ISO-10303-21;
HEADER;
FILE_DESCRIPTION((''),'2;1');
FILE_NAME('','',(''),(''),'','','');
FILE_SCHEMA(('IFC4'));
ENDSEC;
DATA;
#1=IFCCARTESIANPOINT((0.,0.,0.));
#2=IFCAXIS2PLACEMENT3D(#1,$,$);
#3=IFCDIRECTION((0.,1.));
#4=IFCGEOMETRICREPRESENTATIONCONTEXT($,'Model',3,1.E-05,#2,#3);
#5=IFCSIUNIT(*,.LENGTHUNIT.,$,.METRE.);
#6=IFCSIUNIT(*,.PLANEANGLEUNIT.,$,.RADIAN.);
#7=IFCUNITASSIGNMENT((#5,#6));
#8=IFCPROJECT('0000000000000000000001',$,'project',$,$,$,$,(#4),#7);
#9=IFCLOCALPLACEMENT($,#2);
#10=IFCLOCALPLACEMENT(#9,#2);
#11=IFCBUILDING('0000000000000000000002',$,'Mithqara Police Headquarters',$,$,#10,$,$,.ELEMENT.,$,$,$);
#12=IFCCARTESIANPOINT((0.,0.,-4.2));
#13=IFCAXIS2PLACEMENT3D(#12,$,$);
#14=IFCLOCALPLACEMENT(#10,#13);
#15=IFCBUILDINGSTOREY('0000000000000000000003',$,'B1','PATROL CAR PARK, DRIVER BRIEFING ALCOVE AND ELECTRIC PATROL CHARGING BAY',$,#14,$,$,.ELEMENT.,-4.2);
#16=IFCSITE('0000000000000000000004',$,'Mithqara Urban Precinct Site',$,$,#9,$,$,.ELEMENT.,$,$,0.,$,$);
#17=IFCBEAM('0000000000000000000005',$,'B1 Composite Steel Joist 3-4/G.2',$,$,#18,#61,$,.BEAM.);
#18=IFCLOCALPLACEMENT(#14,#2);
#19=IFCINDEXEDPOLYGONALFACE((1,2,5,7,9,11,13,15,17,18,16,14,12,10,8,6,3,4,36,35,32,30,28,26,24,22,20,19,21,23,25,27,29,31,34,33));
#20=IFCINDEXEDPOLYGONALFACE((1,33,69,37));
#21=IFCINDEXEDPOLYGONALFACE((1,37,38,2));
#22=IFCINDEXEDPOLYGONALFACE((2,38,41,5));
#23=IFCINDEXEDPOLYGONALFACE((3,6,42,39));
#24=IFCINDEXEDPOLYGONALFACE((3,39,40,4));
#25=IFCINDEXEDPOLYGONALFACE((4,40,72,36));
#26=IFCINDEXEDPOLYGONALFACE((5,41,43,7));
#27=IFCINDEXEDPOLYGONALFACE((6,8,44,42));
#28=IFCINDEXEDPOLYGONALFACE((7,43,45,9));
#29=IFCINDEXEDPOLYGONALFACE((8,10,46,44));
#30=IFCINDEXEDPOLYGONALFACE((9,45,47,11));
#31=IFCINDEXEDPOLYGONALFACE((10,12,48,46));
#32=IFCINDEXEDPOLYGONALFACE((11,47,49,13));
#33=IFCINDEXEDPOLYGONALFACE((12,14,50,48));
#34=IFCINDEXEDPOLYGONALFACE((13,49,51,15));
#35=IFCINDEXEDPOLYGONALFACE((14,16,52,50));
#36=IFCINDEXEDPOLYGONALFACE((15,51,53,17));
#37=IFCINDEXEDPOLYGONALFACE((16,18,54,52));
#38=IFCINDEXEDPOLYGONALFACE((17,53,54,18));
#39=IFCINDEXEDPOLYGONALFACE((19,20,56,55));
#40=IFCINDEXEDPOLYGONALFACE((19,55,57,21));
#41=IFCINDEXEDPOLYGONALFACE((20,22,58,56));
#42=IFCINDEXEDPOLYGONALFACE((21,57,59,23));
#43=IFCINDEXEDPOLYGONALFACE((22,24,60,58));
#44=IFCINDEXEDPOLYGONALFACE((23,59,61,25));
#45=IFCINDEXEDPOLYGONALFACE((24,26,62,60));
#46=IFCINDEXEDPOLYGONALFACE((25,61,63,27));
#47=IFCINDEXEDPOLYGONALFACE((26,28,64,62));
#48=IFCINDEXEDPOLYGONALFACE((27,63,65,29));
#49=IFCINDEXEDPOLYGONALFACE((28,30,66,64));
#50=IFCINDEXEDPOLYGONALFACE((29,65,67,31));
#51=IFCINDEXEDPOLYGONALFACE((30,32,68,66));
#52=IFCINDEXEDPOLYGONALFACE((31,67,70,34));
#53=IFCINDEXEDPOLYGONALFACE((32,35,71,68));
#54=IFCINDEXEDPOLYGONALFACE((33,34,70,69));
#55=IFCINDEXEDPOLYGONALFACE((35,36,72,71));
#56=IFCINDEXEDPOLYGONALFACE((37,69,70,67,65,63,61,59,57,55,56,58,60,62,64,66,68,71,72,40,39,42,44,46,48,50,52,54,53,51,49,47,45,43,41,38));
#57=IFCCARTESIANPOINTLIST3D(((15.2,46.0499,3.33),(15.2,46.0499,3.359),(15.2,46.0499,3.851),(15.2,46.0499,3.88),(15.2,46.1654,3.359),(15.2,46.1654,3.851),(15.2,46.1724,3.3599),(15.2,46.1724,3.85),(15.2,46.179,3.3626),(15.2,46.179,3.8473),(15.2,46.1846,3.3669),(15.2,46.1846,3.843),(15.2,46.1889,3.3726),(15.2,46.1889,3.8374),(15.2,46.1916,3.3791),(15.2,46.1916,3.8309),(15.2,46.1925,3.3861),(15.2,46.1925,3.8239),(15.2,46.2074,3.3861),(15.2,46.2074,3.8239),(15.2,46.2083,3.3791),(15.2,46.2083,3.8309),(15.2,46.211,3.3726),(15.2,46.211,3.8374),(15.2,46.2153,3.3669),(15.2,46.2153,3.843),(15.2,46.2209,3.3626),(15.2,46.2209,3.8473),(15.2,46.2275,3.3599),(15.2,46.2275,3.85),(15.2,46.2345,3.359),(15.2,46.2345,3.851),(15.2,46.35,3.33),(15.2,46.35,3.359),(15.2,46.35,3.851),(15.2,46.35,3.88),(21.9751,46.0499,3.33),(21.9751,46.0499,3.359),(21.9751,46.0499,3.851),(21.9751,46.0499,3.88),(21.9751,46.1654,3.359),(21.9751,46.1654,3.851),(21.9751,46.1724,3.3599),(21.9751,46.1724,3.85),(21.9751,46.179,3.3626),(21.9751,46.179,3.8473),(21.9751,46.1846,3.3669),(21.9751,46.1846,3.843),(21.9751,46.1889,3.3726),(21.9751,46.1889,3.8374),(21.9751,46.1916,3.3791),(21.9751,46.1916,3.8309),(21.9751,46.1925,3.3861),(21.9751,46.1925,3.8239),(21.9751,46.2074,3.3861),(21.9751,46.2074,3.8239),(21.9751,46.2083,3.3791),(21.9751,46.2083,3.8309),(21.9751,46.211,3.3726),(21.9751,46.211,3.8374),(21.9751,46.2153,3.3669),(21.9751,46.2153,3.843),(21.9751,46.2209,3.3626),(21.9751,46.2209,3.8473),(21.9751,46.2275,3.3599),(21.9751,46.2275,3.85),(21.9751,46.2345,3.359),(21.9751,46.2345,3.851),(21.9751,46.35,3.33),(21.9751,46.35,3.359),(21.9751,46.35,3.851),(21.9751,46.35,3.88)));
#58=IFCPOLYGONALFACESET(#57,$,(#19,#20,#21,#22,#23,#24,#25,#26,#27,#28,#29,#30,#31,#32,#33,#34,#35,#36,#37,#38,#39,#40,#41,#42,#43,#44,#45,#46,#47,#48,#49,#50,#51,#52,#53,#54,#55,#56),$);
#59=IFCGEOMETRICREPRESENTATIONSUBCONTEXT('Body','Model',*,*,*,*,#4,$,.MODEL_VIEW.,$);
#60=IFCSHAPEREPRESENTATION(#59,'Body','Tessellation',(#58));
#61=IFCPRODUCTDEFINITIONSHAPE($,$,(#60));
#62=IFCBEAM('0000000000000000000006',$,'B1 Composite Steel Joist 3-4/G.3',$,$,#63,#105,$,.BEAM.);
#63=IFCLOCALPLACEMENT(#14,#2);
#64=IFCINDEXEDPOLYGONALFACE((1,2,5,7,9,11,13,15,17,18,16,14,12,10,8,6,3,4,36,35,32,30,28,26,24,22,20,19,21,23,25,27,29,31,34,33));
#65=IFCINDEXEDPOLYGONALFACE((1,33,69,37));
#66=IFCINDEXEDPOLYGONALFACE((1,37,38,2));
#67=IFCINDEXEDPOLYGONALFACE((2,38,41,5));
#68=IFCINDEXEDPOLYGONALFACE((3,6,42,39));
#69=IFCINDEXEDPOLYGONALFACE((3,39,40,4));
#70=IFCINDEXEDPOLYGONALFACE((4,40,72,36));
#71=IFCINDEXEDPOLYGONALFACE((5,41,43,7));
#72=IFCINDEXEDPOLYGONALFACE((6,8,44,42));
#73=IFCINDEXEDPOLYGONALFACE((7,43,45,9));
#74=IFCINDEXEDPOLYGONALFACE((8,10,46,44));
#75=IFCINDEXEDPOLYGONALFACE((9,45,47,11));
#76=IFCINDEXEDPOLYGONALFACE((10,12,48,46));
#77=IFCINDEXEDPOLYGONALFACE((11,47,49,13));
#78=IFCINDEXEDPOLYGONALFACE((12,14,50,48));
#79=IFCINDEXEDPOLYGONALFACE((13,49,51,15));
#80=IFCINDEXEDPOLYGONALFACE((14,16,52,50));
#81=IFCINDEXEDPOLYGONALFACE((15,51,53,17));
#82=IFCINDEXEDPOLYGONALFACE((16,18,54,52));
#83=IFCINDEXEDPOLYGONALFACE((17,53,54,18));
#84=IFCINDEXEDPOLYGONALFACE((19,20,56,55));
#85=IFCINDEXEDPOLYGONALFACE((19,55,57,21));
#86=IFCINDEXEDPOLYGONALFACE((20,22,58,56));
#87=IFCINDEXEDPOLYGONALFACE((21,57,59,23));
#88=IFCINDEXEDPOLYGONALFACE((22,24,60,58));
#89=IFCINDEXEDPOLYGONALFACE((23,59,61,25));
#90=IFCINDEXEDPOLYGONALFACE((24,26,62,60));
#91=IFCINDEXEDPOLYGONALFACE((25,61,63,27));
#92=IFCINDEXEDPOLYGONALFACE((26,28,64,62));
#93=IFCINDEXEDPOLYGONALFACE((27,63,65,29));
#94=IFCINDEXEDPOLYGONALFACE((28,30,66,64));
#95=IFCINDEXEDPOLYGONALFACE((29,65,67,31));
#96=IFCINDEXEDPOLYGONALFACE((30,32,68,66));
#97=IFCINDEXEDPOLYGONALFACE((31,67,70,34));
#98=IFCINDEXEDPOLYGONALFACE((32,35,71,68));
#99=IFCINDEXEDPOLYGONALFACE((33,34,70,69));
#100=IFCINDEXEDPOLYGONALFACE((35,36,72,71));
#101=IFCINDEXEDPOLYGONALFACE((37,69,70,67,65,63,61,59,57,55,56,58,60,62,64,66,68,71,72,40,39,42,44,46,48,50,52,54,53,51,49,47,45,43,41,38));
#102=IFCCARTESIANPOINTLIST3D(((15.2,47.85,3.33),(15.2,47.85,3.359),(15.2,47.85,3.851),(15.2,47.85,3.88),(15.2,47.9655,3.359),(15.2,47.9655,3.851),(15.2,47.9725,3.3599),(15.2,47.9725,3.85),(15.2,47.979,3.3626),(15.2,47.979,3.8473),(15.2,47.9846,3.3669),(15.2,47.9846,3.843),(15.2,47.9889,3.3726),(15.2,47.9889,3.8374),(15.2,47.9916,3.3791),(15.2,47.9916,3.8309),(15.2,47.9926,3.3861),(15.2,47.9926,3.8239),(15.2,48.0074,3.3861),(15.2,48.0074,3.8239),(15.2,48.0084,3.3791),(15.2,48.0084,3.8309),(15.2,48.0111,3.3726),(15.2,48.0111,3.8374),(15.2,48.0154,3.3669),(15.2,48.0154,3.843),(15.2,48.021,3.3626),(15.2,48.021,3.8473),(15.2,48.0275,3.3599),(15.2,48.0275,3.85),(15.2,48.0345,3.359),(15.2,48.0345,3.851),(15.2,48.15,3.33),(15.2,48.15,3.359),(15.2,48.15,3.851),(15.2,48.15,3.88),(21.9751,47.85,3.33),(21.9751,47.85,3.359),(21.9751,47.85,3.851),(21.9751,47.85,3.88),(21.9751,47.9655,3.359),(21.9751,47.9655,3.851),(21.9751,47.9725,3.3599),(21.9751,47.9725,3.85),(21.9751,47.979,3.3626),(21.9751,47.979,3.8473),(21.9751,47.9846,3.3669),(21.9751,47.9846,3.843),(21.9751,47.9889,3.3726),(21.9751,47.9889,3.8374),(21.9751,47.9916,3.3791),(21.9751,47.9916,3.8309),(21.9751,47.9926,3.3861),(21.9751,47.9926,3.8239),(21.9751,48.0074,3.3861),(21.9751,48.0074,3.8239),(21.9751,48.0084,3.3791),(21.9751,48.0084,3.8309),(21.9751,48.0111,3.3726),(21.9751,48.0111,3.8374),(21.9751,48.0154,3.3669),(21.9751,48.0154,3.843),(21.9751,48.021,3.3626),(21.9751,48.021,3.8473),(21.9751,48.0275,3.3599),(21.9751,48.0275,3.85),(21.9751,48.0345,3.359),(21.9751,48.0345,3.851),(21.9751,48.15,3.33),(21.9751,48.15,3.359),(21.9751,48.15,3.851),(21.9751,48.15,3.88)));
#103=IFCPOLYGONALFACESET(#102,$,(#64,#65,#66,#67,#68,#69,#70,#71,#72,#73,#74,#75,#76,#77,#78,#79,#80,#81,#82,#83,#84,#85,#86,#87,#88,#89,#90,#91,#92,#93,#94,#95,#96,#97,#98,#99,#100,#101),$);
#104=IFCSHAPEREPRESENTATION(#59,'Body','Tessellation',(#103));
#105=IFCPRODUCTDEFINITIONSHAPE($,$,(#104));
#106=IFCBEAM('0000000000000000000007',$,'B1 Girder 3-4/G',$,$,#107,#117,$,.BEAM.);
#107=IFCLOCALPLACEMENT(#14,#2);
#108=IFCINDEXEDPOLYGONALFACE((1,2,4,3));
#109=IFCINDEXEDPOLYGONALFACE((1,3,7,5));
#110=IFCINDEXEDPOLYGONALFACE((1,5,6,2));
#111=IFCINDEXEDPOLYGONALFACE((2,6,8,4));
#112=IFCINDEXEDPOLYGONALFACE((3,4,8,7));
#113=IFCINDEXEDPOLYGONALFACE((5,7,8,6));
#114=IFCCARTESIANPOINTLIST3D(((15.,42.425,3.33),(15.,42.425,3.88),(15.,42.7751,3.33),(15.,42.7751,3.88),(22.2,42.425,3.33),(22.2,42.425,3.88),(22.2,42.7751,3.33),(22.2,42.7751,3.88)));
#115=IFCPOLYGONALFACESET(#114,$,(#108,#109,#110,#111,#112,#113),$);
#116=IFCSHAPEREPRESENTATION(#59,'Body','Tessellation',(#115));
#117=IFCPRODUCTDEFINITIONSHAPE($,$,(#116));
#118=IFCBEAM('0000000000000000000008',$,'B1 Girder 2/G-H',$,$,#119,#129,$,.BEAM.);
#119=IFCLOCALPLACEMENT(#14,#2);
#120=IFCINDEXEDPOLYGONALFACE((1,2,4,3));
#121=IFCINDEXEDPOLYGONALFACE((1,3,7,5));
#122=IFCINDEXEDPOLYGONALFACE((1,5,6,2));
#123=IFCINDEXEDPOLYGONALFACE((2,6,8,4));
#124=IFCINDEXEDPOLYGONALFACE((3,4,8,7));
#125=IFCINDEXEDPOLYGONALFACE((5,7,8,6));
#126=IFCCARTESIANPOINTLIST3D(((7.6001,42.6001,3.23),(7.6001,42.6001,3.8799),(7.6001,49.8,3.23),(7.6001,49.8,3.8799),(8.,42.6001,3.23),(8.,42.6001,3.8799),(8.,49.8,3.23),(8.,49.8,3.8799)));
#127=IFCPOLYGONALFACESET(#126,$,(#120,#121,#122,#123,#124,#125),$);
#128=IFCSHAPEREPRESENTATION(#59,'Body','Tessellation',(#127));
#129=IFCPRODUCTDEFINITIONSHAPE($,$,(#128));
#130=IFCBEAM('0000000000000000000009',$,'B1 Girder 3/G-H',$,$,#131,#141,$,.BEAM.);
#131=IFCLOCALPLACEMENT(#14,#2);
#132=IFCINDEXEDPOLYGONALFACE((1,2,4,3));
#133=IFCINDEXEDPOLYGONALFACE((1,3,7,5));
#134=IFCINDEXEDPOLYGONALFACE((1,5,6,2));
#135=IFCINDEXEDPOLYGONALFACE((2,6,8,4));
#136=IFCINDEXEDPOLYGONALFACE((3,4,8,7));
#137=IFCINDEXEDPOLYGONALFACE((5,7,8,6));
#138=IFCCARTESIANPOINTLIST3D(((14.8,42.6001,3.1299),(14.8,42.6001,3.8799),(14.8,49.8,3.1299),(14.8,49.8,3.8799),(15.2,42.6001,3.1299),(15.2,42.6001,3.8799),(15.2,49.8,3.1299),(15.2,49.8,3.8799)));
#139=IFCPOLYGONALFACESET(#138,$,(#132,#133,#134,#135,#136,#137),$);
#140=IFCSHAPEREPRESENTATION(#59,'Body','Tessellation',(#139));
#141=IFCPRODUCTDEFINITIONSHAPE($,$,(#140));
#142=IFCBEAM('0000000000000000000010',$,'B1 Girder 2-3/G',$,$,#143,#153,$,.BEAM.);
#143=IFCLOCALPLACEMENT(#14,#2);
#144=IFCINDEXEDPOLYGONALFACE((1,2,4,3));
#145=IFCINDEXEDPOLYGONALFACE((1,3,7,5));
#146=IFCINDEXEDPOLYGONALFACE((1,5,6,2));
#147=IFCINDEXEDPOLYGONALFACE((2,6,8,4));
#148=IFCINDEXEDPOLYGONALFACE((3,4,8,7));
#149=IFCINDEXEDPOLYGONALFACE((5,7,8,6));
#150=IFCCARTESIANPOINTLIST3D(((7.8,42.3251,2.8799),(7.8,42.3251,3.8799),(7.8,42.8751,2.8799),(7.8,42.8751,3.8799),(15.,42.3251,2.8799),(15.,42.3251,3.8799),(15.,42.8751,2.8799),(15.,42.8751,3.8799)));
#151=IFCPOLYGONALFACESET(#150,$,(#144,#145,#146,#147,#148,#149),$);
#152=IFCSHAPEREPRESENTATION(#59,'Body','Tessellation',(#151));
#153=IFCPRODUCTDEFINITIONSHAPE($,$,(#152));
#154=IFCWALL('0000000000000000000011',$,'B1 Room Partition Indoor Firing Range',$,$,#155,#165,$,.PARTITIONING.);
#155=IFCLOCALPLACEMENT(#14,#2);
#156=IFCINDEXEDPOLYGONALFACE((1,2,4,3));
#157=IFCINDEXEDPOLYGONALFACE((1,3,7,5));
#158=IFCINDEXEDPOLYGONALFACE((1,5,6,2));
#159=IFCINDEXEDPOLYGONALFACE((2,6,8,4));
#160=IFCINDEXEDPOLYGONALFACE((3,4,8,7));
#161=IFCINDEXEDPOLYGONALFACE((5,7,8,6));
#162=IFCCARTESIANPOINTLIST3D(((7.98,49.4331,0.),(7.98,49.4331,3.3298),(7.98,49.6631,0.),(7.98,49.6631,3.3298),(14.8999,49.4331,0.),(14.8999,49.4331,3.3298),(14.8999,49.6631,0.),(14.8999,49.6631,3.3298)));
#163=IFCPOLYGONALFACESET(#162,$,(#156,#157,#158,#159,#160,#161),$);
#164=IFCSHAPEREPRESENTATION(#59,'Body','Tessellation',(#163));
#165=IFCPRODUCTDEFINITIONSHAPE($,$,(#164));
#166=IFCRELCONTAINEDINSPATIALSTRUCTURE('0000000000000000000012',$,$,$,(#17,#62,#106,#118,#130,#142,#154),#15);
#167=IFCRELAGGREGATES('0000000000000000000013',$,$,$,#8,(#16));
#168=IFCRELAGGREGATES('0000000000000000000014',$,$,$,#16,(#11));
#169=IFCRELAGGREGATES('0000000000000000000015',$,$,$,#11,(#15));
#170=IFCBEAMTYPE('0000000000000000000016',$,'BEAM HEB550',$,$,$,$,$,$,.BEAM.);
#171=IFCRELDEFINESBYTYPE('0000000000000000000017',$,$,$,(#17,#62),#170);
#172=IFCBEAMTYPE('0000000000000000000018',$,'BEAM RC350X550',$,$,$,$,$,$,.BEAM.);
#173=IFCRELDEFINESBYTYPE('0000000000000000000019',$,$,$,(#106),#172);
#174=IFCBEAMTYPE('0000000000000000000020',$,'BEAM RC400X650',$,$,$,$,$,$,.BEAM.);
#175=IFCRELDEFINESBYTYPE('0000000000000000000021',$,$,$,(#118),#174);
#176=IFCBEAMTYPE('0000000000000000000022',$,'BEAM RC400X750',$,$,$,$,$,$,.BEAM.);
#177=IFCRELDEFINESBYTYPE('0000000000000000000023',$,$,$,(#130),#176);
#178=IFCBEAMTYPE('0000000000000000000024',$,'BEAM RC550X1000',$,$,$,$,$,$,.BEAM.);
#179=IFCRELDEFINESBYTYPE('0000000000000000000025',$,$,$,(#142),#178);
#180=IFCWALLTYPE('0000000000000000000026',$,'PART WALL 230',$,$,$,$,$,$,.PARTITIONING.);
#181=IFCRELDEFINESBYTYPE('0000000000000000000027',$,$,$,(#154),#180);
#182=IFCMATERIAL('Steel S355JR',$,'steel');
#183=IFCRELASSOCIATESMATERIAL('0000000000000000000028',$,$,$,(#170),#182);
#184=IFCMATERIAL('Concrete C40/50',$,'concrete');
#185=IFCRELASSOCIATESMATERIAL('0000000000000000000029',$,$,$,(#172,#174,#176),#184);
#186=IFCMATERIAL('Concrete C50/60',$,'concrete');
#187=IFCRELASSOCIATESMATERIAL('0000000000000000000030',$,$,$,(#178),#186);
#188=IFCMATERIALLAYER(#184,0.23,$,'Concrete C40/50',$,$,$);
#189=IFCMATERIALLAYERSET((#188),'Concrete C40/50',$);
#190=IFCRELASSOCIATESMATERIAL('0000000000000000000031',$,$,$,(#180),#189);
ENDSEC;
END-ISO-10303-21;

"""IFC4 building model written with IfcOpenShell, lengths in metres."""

from ifc_helpers import new_model, si_unit, direction, frame, frame_2d, origin, origin_2d, place, context, subcontext, project, spatial, rectangle, i_section, extrude, material, layer, layer_set, material_profile, profile_set, type_object, element, save


model = new_model("IFC4")

# Units and contexts
model_context = context("Model", 3, precision=1e-05, world=origin(), true_north=direction((0.0, 1.0)))
body_context = subcontext(model_context, "Body", "Model", "MODEL_VIEW")
ifc_project = project(units=[si_unit("LENGTHUNIT", "METRE"), si_unit("PLANEANGLEUNIT", "RADIAN")], contexts=[model_context])

# Site, building, storey
site_placement = place(None, origin())
site = spatial("IfcSite", under=ifc_project, at=site_placement, Name="Mithqara Urban Precinct Site", CompositionType="ELEMENT", RefElevation=0.0)
building_placement = place(site_placement, origin())
building = spatial("IfcBuilding", under=site, at=building_placement, Name="Mithqara Police Headquarters", CompositionType="ELEMENT")
storey_placement = place(building_placement, frame((0.0, 0.0, -4.2)))
storey = spatial("IfcBuildingStorey", under=building, at=storey_placement, Name="B1", Description="PATROL CAR PARK, DRIVER BRIEFING ALCOVE AND ELECTRIC PATROL CHARGING BAY", CompositionType="ELEMENT", Elevation=-4.2)

# Shared definitions
ifc_material_1 = material(Name="Concrete C40/50", Category="concrete")

# Shared definitions
ifc_material_2 = material(Name="Concrete C50/60", Category="concrete")

# Beams
ifc_material_3 = material(Name="Steel S355JR", Category="steel")
ifc_material_profile_1 = material_profile(ifc_material_3, i_section(OverallWidth=0.3, OverallDepth=0.55, WebThickness=0.0149, FlangeThickness=0.0291, FilletRadius=0.0271, at=origin_2d()), Name="HEB 550")
ifc_profile_set_1 = profile_set([ifc_material_profile_1], Name="Steel S355JR")
beam_type_1 = type_object("IfcBeamType", Name="BEAM HEB550", PredefinedType="BEAM", material=ifc_profile_set_1)
for number, where, z_axis, x_axis, name in (
    (1, (15.2, 46.2, 3.605), (1.0, 0.0, 0.0), (0.0, 1.0, 0.0), "B1 Composite Steel Joist 3-4/G.2"),
    (2, (15.2, 48.0, 3.605), (1.0, 0.0, 0.0), (0.0, 1.0, 0.0), "B1 Composite Steel Joist 3-4/G.3"),
):
    element("IfcBeam", number, at=place(storey_placement, frame(where, z_axis=z_axis, x_axis=x_axis)), inside=storey, type_object=beam_type_1, Name=name, PredefinedType="BEAM", context=body_context, shape_type="SweptSolid", body=[
        extrude(i_section(OverallWidth=0.3, OverallDepth=0.55, WebThickness=0.0149, FlangeThickness=0.0291, FilletRadius=0.0271, at=origin_2d()), origin(), (0.0, 0.0, 1.0), 6.7751),
    ])
ifc_material_profile_2 = material_profile(ifc_material_1, rectangle(XDim=0.3501, YDim=0.55, at=origin_2d()), Name="RC 350x550")
ifc_profile_set_2 = profile_set([ifc_material_profile_2], Name="Concrete C40/50")
beam_type_2 = type_object("IfcBeamType", Name="BEAM RC350X550", PredefinedType="BEAM", material=ifc_profile_set_2)
beam_1_placement = place(storey_placement, frame((15.0, 42.6001, 3.605), z_axis=(1.0, 0.0, 0.0), x_axis=(0.0, 1.0, 0.0)))
element("IfcBeam", 3, at=beam_1_placement, inside=storey, type_object=beam_type_2, Name="B1 Girder 3-4/G", PredefinedType="BEAM", context=body_context, shape_type="SweptSolid", body=[
    extrude(rectangle(XDim=0.3501, YDim=0.55, at=origin_2d()), origin(), (0.0, 0.0, 1.0), 7.2),
])
ifc_material_profile_3 = material_profile(ifc_material_1, rectangle(XDim=0.3999, YDim=0.6499, at=origin_2d()), Name="RC 400x650")
ifc_profile_set_3 = profile_set([ifc_material_profile_3], Name="Concrete C40/50")
beam_type_3 = type_object("IfcBeamType", Name="BEAM RC400X650", PredefinedType="BEAM", material=ifc_profile_set_3)
beam_2_placement = place(storey_placement, frame((7.8, 42.6001, 3.5549), z_axis=(0.0, 1.0, 0.0), x_axis=(-1.0, 0.0, 0.0)))
element("IfcBeam", 4, at=beam_2_placement, inside=storey, type_object=beam_type_3, Name="B1 Girder 2/G-H", PredefinedType="BEAM", context=body_context, shape_type="SweptSolid", body=[
    extrude(rectangle(XDim=0.3999, YDim=0.6499, at=origin_2d()), origin(), (0.0, 0.0, 1.0), 7.2),
])
ifc_material_profile_4 = material_profile(ifc_material_1, rectangle(XDim=0.3999, YDim=0.75, at=origin_2d()), Name="RC 400x750")
ifc_profile_set_4 = profile_set([ifc_material_profile_4], Name="Concrete C40/50")
beam_type_4 = type_object("IfcBeamType", Name="BEAM RC400X750", PredefinedType="BEAM", material=ifc_profile_set_4)
beam_3_placement = place(storey_placement, frame((15.0, 42.6001, 3.5049), z_axis=(0.0, 1.0, 0.0), x_axis=(-1.0, 0.0, 0.0)))
element("IfcBeam", 5, at=beam_3_placement, inside=storey, type_object=beam_type_4, Name="B1 Girder 3/G-H", PredefinedType="BEAM", context=body_context, shape_type="SweptSolid", body=[
    extrude(rectangle(XDim=0.3999, YDim=0.75, at=origin_2d()), origin(), (0.0, 0.0, 1.0), 7.2),
])
ifc_material_profile_5 = material_profile(ifc_material_2, rectangle(XDim=0.55, YDim=1.0, at=origin_2d()), Name="RC 550x1000")
ifc_profile_set_5 = profile_set([ifc_material_profile_5], Name="Concrete C50/60")
beam_type_5 = type_object("IfcBeamType", Name="BEAM RC550X1000", PredefinedType="BEAM", material=ifc_profile_set_5)
beam_4_placement = place(storey_placement, frame((7.8, 42.6001, 3.3799), z_axis=(1.0, 0.0, 0.0), x_axis=(0.0, 1.0, 0.0)))
element("IfcBeam", 6, at=beam_4_placement, inside=storey, type_object=beam_type_5, Name="B1 Girder 2-3/G", PredefinedType="BEAM", context=body_context, shape_type="SweptSolid", body=[
    extrude(rectangle(XDim=0.55, YDim=1.0, at=origin_2d()), origin(), (0.0, 0.0, 1.0), 7.2),
])

# Wall
ifc_layer = layer(ifc_material_1, 0.23, Name="Concrete C40/50")
ifc_layer_set = layer_set([ifc_layer], Name="Concrete C40/50")
wall_type = type_object("IfcWallType", Name="PART WALL 230", PredefinedType="PARTITIONING", material=ifc_layer_set)
wall_placement = place(storey_placement, frame((7.98, 49.5481, 0.0), z_axis=(0.0, 0.0, 1.0), x_axis=(1.0, 0.0, 0.0)))
element("IfcWall", 7, at=wall_placement, inside=storey, type_object=wall_type, Name="B1 Room Partition Indoor Firing Range", PredefinedType="PARTITIONING", context=body_context, shape_type="SweptSolid", body=[
    extrude(rectangle(XDim=6.9199, YDim=0.23, at=frame_2d((3.46, 0.0))), origin(), (0.0, 0.0, 1.0), 3.3298),
])

save(model, "model.ifc")
